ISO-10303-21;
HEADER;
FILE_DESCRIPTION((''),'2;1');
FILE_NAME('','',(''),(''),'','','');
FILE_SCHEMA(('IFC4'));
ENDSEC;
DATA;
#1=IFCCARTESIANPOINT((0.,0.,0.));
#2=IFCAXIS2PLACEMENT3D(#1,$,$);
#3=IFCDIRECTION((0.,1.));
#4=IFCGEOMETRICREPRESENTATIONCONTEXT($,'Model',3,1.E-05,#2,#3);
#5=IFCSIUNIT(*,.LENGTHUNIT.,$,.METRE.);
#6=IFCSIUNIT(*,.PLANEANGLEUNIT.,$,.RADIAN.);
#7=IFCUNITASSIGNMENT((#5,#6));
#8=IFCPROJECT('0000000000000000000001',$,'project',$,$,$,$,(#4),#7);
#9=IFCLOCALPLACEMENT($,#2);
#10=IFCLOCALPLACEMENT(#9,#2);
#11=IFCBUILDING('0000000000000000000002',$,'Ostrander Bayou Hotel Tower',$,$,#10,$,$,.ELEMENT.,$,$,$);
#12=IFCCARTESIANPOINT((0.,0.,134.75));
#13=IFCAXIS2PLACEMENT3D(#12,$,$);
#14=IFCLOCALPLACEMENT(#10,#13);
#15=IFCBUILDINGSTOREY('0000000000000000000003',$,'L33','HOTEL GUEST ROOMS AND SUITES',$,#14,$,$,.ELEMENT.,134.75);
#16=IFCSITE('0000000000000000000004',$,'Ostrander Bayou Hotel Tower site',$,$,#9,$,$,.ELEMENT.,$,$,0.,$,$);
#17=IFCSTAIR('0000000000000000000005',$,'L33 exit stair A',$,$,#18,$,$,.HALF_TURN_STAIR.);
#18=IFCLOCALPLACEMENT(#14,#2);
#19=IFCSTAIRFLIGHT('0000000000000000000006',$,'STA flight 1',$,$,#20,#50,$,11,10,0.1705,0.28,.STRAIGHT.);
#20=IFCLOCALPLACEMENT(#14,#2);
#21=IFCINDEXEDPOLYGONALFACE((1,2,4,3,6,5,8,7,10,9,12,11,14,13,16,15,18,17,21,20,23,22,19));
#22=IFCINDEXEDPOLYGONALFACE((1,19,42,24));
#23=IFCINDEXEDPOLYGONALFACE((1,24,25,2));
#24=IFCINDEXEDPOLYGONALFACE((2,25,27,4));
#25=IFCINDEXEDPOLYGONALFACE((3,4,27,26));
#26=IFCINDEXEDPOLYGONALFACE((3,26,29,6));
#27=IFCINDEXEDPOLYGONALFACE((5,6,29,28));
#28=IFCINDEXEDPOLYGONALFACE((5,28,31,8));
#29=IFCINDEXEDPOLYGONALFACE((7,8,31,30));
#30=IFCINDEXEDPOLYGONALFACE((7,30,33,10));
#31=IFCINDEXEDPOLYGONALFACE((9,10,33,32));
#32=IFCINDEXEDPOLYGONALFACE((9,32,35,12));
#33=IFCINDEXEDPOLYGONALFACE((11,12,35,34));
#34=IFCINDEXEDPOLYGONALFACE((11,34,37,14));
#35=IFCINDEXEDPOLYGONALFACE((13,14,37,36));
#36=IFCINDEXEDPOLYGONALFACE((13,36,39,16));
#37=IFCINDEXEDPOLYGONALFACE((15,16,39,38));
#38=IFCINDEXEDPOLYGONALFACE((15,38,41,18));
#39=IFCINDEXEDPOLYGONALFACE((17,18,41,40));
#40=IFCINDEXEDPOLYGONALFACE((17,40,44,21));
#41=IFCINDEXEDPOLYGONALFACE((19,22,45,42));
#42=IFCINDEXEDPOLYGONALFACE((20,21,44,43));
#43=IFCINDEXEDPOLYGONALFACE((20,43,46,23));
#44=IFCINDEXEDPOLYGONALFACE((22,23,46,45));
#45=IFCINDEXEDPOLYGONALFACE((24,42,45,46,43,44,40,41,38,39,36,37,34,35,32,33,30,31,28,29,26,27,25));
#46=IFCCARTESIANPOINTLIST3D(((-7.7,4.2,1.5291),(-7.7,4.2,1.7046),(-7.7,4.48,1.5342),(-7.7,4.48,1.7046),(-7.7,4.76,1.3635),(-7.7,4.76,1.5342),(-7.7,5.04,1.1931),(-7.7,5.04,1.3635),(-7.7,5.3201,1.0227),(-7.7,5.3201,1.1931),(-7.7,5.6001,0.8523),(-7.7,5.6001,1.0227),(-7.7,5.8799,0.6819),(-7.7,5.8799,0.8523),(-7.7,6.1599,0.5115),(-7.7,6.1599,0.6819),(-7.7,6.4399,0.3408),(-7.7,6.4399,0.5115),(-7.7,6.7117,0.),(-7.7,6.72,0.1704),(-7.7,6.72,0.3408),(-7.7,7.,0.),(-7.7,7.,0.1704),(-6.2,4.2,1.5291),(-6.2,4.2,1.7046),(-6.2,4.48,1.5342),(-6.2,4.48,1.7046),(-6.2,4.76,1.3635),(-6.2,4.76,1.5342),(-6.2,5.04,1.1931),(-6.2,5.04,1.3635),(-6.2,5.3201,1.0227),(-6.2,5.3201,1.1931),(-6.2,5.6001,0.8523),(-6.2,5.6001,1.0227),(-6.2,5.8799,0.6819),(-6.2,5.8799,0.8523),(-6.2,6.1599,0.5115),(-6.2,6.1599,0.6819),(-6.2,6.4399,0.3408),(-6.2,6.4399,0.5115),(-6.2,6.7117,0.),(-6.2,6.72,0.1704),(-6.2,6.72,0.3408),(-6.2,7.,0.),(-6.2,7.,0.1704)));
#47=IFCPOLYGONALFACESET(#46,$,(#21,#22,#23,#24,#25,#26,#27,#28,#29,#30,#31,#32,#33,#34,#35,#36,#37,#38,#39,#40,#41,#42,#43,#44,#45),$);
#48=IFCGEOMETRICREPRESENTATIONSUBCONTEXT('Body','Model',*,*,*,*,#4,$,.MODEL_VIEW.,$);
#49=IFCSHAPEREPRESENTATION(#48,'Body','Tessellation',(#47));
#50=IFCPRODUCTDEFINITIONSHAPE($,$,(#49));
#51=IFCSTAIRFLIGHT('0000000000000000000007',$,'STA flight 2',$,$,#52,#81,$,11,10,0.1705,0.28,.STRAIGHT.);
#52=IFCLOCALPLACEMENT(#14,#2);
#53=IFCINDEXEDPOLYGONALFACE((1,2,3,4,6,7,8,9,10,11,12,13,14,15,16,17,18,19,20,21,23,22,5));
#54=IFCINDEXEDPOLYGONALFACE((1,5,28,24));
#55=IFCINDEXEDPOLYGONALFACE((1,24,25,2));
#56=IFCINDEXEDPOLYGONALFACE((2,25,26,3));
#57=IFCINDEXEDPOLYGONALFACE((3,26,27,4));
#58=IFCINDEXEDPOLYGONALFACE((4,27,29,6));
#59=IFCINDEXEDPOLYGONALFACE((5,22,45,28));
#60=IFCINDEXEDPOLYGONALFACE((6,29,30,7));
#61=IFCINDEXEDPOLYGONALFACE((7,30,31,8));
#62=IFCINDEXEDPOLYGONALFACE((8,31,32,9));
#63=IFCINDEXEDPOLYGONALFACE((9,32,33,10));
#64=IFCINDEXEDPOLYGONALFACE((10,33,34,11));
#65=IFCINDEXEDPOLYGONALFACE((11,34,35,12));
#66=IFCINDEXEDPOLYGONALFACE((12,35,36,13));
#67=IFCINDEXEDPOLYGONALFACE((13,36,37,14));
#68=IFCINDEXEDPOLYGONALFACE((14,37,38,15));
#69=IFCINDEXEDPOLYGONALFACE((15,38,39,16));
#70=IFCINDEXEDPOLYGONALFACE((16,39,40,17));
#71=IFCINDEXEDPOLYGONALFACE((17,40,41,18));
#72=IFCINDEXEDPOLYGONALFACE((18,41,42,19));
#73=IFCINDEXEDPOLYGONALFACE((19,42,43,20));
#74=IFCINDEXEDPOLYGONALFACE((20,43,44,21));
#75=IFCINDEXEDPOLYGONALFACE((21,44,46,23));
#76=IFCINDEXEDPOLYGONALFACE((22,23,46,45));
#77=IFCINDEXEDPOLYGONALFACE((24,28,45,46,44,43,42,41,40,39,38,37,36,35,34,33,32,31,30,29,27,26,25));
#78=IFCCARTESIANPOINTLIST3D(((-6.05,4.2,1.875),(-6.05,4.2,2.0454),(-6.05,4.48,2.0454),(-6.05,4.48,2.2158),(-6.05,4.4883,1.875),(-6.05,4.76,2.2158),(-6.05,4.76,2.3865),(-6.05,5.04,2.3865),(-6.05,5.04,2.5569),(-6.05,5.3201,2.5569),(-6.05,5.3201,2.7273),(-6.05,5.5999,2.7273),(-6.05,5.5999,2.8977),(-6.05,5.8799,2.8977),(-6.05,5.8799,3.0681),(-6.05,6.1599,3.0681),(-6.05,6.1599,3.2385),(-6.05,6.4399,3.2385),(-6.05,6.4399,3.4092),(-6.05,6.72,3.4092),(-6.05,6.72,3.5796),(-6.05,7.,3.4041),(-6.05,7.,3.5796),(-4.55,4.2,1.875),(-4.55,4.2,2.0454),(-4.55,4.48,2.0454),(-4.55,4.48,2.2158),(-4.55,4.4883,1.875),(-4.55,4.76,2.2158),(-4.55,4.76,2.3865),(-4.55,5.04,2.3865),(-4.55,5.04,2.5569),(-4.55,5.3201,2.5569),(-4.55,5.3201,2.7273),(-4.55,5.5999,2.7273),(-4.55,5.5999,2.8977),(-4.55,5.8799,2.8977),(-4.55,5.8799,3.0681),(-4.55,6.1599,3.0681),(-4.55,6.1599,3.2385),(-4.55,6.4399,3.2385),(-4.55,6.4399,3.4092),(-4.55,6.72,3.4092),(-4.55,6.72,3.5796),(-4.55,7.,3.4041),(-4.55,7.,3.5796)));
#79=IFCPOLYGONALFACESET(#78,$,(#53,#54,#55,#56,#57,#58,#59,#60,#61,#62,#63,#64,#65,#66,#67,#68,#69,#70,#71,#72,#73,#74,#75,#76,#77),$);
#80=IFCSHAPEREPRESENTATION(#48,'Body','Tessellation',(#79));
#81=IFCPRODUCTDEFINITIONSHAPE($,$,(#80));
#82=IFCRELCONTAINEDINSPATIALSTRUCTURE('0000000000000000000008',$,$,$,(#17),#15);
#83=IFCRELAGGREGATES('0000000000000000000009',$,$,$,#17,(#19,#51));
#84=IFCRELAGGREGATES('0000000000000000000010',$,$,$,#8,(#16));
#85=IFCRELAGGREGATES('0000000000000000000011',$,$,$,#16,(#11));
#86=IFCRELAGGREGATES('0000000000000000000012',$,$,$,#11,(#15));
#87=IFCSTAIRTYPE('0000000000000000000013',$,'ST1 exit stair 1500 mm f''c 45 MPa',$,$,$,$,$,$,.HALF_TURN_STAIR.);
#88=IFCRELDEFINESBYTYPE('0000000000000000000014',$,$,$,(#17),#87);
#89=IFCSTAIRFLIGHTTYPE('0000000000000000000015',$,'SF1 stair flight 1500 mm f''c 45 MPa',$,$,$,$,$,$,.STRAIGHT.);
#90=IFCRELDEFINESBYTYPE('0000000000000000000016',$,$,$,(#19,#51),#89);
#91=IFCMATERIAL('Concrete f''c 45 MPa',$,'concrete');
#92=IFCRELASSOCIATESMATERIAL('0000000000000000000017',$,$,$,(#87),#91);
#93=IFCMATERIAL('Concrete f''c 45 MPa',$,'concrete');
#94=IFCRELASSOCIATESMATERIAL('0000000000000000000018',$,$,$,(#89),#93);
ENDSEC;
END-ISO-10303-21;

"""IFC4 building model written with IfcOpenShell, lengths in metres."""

from ifc_helpers import new_model, si_unit, direction, frame, origin, place, context, subcontext, project, spatial, polyline, outline, extrude, material, type_object, element, aggregate, save


model = new_model("IFC4")

# Units and contexts
model_context = context("Model", 3, precision=1e-05, world=origin(), true_north=direction((0.0, 1.0)))
body_context = subcontext(model_context, "Body", "Model", "MODEL_VIEW")
ifc_project = project(units=[si_unit("LENGTHUNIT", "METRE"), si_unit("PLANEANGLEUNIT", "RADIAN")], contexts=[model_context])

# Site, building, storey
site_placement = place(None, origin())
site = spatial("IfcSite", under=ifc_project, at=site_placement, Name="Ostrander Bayou Hotel Tower site", CompositionType="ELEMENT", RefElevation=0.0)
building_placement = place(site_placement, origin())
building = spatial("IfcBuilding", under=site, at=building_placement, Name="Ostrander Bayou Hotel Tower", CompositionType="ELEMENT")
storey_placement = place(building_placement, frame((0.0, 0.0, 134.75)))
storey = spatial("IfcBuildingStorey", under=building, at=storey_placement, Name="L33", Description="HOTEL GUEST ROOMS AND SUITES", CompositionType="ELEMENT", Elevation=134.75)

# Stair, stair flights
ifc_material_1 = material(Name="Concrete f'c 45 MPa", Category="concrete")
stair_type = type_object("IfcStairType", Name="ST1 exit stair 1500 mm f'c 45 MPa", PredefinedType="HALF_TURN_STAIR", material=ifc_material_1)
stair_placement = place(storey_placement, origin())
stair = element("IfcStair", 1, at=stair_placement, inside=storey, type_object=stair_type, Name="L33 exit stair A", PredefinedType="HALF_TURN_STAIR")
ifc_material_2 = material(Name="Concrete f'c 45 MPa", Category="concrete")
stair_flight_type = type_object("IfcStairFlightType", Name="SF1 stair flight 1500 mm f'c 45 MPa", PredefinedType="STRAIGHT", material=ifc_material_2)
stair_flight_1_placement = place(storey_placement, frame((-6.95, 7.0, 0.0), z_axis=(0.0, 0.0, 1.0), x_axis=(0.0, -1.0, 0.0)))
stair_flight_1 = element("IfcStairFlight", 2, at=stair_flight_1_placement, type_object=stair_flight_type, Name="STA flight 1", NumberOfRisers=11, NumberOfTreads=10, PredefinedType="STRAIGHT", RiserHeight=0.1705, TreadLength=0.28, context=body_context, shape_type="SweptSolid", body=[
    extrude(outline(polyline([(0.0, 0.0), (0.0, 0.1704), (0.28, 0.1704), (0.28, 0.3408), (0.5601, 0.3408), (0.5601, 0.5115), (0.8401, 0.5115), (0.8401, 0.6819), (1.1201, 0.6819), (1.1201, 0.8523), (1.3999, 0.8523), (1.3999, 1.0227), (1.6799, 1.0227), (1.6799, 1.1931), (1.96, 1.1931), (1.96, 1.3635), (2.24, 1.3635), (2.24, 1.5342), (2.52, 1.5342), (2.52, 1.7046), (2.8, 1.7046), (2.8, 1.875), (2.8, 1.5291), (0.2883, 0.0), (0.0, 0.0)])), frame((0.0, 0.75, 0.0), z_axis=(0.0, -1.0, 0.0), x_axis=(1.0, 0.0, 0.0)), (0.0, 0.0, 1.0), 1.5),
])
stair_flight_2_placement = place(storey_placement, frame((-5.3, 4.2, 1.875), z_axis=(0.0, 0.0, 1.0), x_axis=(0.0, 1.0, 0.0)))
stair_flight_2 = element("IfcStairFlight", 3, at=stair_flight_2_placement, type_object=stair_flight_type, Name="STA flight 2", NumberOfRisers=11, NumberOfTreads=10, PredefinedType="STRAIGHT", RiserHeight=0.1705, TreadLength=0.28, context=body_context, shape_type="SweptSolid", body=[
    extrude(outline(polyline([(0.0, 0.0), (0.0, 0.1704), (0.28, 0.1704), (0.28, 0.3408), (0.5601, 0.3408), (0.5601, 0.5115), (0.8401, 0.5115), (0.8401, 0.6819), (1.1201, 0.6819), (1.1201, 0.8523), (1.3999, 0.8523), (1.3999, 1.0227), (1.6799, 1.0227), (1.6799, 1.1931), (1.96, 1.1931), (1.96, 1.3635), (2.24, 1.3635), (2.24, 1.5342), (2.52, 1.5342), (2.52, 1.7046), (2.8, 1.7046), (2.8, 1.875), (2.8, 1.5291), (0.2883, 0.0), (0.0, 0.0)])), frame((0.0, 0.75, 0.0), z_axis=(0.0, -1.0, 0.0), x_axis=(1.0, 0.0, 0.0)), (0.0, 0.0, 1.0), 1.5),
])
aggregate(stair, [stair_flight_1, stair_flight_2])

save(model, "model.ifc")
